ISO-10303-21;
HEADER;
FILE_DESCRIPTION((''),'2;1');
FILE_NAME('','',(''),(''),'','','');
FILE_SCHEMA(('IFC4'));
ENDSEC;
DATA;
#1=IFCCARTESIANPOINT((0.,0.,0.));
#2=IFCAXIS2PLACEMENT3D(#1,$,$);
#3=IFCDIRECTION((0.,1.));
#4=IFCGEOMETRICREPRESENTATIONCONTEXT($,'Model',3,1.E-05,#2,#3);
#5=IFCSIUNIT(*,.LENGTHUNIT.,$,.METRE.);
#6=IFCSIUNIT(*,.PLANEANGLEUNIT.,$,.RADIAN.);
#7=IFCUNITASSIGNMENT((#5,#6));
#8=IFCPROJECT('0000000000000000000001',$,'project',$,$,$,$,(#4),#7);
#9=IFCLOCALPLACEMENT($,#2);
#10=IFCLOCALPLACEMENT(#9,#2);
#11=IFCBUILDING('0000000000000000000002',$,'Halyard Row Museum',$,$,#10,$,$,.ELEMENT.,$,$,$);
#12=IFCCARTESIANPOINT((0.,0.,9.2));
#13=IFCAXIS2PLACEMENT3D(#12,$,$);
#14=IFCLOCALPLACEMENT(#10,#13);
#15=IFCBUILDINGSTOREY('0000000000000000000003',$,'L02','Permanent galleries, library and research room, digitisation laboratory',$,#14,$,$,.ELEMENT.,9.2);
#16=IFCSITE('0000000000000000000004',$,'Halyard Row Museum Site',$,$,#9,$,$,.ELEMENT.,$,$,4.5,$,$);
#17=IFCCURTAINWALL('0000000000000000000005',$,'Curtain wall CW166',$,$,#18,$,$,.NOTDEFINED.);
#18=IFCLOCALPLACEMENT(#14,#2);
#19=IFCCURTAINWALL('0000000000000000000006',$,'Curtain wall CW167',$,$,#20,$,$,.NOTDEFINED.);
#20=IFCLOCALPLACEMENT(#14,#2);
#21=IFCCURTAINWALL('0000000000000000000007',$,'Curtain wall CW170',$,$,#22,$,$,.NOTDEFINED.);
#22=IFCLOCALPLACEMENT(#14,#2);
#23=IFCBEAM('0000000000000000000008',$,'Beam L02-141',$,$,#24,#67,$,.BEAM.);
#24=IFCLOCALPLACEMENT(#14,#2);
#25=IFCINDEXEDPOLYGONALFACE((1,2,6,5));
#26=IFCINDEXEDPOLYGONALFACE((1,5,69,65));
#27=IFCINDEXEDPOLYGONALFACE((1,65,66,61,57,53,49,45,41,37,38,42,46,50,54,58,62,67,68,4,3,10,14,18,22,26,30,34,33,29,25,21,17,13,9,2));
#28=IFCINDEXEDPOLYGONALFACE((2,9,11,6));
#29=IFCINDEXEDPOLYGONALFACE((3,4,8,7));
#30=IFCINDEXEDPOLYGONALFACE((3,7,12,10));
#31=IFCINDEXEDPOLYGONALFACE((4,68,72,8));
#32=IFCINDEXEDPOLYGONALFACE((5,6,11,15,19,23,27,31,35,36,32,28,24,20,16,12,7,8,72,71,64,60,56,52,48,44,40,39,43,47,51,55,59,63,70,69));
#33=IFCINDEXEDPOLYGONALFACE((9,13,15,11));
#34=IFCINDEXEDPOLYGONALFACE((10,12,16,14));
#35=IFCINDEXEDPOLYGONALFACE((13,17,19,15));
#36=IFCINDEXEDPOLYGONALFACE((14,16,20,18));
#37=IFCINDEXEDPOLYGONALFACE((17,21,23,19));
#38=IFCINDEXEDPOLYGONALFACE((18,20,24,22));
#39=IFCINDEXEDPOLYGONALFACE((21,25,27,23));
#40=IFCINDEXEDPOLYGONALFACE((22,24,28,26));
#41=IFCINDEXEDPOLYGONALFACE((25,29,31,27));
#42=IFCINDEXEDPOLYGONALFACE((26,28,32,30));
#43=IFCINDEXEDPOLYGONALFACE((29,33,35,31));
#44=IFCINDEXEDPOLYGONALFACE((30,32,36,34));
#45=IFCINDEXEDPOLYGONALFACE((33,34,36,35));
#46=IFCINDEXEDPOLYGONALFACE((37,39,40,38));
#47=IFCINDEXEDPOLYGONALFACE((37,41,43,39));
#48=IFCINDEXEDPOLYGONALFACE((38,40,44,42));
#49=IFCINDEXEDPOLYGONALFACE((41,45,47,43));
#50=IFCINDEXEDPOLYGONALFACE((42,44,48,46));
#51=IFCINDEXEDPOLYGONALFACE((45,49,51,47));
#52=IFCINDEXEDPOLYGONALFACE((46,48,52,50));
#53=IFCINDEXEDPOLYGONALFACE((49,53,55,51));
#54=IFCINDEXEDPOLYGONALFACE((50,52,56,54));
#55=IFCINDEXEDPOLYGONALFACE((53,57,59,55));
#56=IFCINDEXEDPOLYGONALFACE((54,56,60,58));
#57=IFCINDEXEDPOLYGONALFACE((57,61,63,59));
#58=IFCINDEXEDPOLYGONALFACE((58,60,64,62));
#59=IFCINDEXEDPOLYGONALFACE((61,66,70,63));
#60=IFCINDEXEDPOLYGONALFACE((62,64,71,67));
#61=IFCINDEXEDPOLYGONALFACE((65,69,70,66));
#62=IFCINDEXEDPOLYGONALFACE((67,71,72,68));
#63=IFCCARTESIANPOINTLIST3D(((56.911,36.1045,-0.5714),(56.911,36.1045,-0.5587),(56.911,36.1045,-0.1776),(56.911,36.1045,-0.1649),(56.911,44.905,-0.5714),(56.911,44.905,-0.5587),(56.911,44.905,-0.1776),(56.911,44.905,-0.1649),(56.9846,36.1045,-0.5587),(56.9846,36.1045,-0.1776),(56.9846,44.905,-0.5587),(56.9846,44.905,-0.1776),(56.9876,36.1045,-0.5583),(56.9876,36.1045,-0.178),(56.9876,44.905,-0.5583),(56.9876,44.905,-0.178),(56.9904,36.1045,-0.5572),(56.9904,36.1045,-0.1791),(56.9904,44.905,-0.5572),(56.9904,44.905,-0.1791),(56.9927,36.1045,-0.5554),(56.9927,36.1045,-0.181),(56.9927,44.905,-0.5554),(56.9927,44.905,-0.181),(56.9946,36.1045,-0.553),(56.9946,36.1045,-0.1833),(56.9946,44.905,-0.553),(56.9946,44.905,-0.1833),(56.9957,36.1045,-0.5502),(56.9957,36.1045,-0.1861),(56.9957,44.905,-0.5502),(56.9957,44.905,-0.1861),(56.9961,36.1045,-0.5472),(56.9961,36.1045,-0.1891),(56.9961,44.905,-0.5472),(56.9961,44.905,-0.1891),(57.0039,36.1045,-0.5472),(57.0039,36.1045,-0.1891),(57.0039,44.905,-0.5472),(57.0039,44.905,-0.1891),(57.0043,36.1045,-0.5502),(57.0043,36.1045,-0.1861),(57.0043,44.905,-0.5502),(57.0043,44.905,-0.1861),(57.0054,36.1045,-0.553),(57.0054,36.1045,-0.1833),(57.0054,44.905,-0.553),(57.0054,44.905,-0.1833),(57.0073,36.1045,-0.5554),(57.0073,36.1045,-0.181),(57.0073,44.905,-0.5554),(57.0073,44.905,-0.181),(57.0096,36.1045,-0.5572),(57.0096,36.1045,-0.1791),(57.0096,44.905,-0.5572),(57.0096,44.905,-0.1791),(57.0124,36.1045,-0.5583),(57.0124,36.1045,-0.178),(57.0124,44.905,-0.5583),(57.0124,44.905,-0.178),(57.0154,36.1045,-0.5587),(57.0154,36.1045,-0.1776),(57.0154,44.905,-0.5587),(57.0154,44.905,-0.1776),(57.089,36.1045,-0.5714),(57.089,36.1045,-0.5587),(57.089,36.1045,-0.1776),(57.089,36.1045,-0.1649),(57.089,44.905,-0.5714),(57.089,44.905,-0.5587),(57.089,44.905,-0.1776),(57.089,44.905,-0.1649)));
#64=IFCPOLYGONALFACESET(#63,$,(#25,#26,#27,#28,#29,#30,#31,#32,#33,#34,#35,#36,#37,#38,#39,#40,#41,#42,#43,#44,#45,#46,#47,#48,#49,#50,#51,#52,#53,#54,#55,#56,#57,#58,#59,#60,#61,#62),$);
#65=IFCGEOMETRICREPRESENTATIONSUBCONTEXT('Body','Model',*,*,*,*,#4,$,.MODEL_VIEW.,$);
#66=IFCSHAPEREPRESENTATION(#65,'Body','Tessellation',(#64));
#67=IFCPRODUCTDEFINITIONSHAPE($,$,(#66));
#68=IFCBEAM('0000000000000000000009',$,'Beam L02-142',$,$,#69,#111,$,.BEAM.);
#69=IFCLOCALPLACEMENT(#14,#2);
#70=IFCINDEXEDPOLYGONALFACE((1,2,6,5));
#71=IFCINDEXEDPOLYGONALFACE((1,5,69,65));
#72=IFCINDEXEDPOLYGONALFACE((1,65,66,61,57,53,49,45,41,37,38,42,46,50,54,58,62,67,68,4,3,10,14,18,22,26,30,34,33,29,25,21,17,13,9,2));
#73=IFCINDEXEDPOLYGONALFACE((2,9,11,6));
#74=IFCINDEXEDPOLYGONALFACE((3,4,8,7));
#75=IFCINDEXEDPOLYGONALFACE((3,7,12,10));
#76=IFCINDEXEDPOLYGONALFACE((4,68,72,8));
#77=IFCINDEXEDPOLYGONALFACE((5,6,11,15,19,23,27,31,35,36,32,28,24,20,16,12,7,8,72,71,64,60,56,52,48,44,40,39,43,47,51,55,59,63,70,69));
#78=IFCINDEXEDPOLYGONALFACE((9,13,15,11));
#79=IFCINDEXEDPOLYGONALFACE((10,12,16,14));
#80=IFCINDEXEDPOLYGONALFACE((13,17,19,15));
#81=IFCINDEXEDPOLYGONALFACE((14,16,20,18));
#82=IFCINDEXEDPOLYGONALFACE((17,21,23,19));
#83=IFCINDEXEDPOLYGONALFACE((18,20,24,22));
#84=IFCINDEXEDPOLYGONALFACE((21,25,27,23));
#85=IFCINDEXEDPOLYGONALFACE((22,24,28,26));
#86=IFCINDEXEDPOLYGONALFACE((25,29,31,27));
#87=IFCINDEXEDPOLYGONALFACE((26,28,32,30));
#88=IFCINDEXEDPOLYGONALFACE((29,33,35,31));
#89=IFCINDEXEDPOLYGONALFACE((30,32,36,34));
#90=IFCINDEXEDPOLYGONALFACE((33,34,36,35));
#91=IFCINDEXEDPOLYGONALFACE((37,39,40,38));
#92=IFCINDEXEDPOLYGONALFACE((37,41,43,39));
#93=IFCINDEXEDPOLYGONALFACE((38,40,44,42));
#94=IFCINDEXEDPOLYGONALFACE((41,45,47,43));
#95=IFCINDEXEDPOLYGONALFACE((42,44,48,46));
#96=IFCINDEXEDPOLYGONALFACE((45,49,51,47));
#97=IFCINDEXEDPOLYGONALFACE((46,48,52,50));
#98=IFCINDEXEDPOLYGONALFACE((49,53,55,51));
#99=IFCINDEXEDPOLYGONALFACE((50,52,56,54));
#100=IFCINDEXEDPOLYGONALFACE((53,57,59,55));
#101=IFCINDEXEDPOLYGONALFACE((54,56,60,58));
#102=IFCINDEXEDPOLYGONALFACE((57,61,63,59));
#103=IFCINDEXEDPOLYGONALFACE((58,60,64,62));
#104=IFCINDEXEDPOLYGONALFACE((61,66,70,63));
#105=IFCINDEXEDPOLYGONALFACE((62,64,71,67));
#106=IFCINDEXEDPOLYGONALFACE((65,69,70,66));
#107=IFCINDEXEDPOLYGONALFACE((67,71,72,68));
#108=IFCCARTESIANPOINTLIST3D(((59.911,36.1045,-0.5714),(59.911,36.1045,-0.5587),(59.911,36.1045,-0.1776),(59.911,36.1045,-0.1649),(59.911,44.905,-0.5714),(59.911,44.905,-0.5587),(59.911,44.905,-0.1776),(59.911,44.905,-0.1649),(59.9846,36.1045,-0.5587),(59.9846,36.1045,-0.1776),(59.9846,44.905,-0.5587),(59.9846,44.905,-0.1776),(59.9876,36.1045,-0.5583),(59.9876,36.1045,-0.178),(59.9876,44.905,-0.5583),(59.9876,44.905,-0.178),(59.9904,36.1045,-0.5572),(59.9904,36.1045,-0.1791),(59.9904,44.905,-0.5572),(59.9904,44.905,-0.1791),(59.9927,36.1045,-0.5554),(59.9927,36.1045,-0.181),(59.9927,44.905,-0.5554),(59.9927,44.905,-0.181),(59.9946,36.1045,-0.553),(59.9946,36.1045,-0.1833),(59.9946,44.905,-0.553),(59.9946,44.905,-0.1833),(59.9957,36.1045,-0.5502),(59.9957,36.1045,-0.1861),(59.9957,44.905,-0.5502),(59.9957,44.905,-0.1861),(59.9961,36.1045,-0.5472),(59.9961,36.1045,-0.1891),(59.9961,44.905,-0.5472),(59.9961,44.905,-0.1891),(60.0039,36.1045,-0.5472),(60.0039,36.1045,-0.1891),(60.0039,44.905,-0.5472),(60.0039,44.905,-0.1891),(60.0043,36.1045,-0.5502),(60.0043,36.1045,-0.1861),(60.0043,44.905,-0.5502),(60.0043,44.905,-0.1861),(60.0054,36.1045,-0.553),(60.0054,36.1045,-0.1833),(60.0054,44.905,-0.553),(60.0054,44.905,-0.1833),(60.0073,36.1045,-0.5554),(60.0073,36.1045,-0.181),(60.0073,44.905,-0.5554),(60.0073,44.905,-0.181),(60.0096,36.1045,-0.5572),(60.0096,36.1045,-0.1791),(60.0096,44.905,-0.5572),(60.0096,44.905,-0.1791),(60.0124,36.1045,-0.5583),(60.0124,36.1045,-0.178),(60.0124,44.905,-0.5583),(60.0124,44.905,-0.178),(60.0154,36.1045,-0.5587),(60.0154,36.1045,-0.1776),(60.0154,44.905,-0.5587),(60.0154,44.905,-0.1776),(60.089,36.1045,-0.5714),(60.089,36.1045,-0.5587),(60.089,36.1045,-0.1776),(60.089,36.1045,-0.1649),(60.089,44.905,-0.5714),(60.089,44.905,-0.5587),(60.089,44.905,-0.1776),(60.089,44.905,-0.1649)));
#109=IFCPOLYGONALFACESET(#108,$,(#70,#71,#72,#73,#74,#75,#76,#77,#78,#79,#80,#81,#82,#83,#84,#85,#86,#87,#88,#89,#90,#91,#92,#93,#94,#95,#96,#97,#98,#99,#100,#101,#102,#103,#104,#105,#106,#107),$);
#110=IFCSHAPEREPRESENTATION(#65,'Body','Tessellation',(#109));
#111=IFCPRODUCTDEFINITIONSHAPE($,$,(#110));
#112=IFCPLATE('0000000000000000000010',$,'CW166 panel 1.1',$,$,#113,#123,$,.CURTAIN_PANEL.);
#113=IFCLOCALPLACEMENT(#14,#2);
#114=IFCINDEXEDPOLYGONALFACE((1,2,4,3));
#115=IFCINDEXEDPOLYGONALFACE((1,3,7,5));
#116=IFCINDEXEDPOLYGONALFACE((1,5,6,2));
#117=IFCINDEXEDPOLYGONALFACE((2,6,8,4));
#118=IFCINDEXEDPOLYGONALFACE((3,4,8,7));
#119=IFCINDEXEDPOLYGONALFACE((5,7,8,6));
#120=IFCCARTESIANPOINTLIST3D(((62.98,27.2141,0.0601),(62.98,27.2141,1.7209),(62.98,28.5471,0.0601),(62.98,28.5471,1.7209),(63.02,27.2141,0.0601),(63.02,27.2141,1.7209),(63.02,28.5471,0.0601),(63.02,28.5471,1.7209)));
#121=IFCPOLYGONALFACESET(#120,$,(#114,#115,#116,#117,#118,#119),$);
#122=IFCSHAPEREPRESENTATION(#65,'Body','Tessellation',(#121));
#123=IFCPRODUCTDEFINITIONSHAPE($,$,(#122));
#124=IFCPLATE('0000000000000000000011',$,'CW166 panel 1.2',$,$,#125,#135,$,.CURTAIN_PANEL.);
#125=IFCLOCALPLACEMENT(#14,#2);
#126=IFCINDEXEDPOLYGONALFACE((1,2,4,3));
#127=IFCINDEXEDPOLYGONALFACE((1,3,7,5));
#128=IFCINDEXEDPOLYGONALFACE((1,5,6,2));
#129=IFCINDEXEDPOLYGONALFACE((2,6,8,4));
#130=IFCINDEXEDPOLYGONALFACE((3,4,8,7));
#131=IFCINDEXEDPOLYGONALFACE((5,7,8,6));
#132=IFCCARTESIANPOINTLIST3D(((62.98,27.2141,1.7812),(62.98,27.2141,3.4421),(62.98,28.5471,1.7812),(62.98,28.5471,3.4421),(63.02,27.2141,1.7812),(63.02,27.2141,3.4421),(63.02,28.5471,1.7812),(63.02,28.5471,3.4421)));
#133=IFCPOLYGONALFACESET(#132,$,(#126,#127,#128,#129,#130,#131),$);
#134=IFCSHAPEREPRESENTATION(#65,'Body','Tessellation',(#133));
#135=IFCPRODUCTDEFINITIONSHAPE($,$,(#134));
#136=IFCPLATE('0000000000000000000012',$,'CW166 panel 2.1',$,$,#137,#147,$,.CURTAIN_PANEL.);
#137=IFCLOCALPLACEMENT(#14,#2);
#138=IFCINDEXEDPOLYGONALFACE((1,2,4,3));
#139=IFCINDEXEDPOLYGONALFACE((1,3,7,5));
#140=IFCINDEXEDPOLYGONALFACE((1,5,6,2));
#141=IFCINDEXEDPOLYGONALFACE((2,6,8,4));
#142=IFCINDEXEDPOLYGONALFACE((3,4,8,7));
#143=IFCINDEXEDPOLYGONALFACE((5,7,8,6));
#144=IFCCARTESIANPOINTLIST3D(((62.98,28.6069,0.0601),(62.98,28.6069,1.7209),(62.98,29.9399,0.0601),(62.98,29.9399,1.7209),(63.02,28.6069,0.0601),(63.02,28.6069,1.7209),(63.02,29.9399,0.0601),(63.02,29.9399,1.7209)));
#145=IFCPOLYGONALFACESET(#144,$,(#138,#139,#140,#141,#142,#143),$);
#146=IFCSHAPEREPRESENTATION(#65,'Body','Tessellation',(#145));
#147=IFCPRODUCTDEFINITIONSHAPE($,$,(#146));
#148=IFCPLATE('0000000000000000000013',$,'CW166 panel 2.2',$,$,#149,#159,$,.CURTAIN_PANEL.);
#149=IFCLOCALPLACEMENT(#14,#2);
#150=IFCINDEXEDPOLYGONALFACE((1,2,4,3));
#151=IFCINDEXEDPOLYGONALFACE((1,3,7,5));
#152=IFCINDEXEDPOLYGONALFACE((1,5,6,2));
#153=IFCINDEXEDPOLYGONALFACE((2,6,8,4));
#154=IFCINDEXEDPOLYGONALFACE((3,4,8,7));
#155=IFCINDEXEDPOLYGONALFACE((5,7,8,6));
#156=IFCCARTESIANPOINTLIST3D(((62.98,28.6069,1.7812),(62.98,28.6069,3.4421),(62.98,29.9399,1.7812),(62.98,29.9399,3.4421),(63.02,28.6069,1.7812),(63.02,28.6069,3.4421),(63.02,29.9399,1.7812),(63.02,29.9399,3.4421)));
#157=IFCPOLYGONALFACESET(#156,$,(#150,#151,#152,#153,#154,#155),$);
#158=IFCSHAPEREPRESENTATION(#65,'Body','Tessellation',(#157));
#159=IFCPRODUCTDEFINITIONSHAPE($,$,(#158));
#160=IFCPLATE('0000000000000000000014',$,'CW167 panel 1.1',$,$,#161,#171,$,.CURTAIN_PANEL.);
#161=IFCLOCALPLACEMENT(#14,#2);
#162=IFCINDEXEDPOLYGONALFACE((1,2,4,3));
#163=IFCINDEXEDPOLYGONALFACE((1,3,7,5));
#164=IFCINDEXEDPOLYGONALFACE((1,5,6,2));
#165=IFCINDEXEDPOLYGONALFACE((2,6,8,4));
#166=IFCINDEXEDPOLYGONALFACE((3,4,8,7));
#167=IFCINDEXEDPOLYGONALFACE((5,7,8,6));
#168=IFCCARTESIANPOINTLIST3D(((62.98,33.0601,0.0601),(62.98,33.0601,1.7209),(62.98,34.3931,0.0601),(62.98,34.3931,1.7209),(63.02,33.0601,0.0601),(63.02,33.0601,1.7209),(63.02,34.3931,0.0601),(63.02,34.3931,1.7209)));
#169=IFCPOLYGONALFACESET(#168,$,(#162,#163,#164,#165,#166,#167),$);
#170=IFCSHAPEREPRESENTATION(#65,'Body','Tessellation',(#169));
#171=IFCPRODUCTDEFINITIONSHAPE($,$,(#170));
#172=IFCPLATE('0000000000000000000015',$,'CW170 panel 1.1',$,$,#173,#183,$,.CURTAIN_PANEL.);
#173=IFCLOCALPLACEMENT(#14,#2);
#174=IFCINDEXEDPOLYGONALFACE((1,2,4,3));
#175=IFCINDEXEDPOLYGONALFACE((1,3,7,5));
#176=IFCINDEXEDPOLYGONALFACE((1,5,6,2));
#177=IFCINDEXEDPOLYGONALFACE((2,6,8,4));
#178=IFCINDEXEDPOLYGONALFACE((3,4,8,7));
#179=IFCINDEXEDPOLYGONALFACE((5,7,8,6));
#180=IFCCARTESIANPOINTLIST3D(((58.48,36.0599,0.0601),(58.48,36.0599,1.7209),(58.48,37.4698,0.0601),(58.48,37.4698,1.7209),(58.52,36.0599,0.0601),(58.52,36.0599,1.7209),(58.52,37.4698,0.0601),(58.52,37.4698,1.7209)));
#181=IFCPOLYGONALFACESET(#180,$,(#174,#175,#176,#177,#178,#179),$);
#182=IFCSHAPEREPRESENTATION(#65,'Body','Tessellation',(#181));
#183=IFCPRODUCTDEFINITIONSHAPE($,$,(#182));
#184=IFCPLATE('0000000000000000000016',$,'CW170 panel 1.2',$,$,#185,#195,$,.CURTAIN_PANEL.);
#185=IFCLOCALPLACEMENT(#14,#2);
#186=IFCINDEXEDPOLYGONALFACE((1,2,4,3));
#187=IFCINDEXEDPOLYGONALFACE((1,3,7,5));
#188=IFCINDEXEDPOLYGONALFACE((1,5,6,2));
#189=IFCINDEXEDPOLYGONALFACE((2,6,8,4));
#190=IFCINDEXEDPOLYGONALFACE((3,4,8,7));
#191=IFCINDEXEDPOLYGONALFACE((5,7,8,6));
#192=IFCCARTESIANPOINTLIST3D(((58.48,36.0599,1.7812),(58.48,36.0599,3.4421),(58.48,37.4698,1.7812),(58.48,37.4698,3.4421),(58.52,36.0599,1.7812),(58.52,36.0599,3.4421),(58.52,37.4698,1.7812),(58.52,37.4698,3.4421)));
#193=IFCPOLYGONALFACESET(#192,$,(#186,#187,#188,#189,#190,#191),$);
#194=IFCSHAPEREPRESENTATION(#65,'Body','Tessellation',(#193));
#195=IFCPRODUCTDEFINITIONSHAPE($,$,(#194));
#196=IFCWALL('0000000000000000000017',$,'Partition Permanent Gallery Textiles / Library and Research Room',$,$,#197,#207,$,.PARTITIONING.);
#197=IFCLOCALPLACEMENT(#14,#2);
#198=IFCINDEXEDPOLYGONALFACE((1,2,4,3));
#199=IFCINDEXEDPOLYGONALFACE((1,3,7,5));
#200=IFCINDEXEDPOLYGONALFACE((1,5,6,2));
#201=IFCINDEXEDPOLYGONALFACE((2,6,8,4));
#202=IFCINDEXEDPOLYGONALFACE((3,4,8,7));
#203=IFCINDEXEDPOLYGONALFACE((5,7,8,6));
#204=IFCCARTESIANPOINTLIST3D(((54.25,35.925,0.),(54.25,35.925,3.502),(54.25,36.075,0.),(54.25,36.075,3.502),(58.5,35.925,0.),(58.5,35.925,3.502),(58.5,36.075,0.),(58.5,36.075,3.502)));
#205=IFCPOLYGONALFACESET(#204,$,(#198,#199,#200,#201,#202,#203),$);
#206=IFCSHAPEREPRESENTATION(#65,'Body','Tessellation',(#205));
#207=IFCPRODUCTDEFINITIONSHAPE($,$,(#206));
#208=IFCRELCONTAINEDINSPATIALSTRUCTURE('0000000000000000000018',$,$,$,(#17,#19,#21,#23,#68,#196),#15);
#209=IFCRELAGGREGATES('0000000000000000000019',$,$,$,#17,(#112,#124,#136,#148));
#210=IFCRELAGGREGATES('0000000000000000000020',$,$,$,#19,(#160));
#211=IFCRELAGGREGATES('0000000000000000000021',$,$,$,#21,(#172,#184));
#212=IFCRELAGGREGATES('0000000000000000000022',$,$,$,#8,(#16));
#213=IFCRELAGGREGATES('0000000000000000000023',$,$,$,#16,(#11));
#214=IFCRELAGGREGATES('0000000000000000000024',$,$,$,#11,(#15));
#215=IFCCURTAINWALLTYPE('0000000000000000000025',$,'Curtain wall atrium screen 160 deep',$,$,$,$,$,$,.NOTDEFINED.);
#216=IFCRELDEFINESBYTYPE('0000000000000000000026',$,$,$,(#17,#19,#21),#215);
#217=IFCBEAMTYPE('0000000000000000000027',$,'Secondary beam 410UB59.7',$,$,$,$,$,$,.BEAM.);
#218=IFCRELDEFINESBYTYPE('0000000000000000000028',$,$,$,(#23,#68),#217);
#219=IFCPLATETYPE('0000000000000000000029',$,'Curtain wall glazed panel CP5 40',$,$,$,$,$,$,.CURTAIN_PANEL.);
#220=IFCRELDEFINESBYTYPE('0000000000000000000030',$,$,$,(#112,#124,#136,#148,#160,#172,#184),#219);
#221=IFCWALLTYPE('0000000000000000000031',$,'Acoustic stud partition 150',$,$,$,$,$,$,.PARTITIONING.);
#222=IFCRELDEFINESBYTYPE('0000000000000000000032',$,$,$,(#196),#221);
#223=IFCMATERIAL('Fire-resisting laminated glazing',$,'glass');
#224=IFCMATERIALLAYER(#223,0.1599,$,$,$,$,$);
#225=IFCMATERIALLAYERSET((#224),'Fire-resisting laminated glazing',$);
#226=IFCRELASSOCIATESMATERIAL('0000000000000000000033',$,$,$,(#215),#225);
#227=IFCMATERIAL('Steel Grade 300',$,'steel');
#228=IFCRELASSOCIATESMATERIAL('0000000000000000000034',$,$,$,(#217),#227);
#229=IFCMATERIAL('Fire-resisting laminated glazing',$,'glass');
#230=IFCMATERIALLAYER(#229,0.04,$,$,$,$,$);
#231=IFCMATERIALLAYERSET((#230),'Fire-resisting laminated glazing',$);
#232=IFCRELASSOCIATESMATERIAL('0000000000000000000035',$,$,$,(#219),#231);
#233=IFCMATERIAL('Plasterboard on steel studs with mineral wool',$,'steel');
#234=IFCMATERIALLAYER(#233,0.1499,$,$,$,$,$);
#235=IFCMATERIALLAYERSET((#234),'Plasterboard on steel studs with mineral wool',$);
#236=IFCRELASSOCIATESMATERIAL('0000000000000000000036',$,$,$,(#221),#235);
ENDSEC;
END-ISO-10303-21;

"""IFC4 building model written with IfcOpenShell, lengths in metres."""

from ifc_helpers import new_model, si_unit, direction, frame, frame_2d, origin, origin_2d, place, context, subcontext, project, spatial, rectangle, i_section, extrude, material, layer, layer_set, material_profile, profile_set, type_object, element, aggregate, save


model = new_model("IFC4")

# Units and contexts
model_context = context("Model", 3, precision=1e-05, world=origin(), true_north=direction((0.0, 1.0)))
body_context = subcontext(model_context, "Body", "Model", "MODEL_VIEW")
ifc_project = project(units=[si_unit("LENGTHUNIT", "METRE"), si_unit("PLANEANGLEUNIT", "RADIAN")], contexts=[model_context])

# Site, building, storey
site_placement = place(None, origin())
site = spatial("IfcSite", under=ifc_project, at=site_placement, Name="Halyard Row Museum Site", CompositionType="ELEMENT", RefElevation=4.5)
building_placement = place(site_placement, origin())
building = spatial("IfcBuilding", under=site, at=building_placement, Name="Halyard Row Museum", CompositionType="ELEMENT")
storey_placement = place(building_placement, frame((0.0, 0.0, 9.2)))
storey = spatial("IfcBuildingStorey", under=building, at=storey_placement, Name="L02", Description="Permanent galleries, library and research room, digitisation laboratory", CompositionType="ELEMENT", Elevation=9.2)

# Curtain wall
ifc_material_1 = material(Name="Fire-resisting laminated glazing", Category="glass")
ifc_layer_1 = layer(ifc_material_1, 0.1599)
ifc_layer_set_1 = layer_set([ifc_layer_1], Name="Fire-resisting laminated glazing")
curtain_wall_type = type_object("IfcCurtainWallType", Name="Curtain wall atrium screen 160 deep", PredefinedType="NOTDEFINED", material=ifc_layer_set_1)
curtain_wall_1_placement = place(storey_placement, origin())
curtain_wall_1 = element("IfcCurtainWall", 1, at=curtain_wall_1_placement, inside=storey, type_object=curtain_wall_type, Name="Curtain wall CW166", PredefinedType="NOTDEFINED")

# Curtain wall
curtain_wall_2_placement = place(storey_placement, origin())
curtain_wall_2 = element("IfcCurtainWall", 2, at=curtain_wall_2_placement, inside=storey, type_object=curtain_wall_type, Name="Curtain wall CW167", PredefinedType="NOTDEFINED")

# Curtain wall
curtain_wall_3_placement = place(storey_placement, origin())
curtain_wall_3 = element("IfcCurtainWall", 3, at=curtain_wall_3_placement, inside=storey, type_object=curtain_wall_type, Name="Curtain wall CW170", PredefinedType="NOTDEFINED")

# Beams
ifc_material_2 = material(Name="Steel Grade 300", Category="steel")
ifc_material_profile_1 = material_profile(ifc_material_2, i_section(OverallWidth=0.178, OverallDepth=0.4065, WebThickness=0.0078, FlangeThickness=0.0127, FilletRadius=0.0115, at=origin_2d()), Name="410UB59.7")
ifc_profile_set_1 = profile_set([ifc_material_profile_1], Name="Steel Grade 300")
beam_type = type_object("IfcBeamType", Name="Secondary beam 410UB59.7", PredefinedType="BEAM", material=ifc_profile_set_1)
for number, where, z_axis, x_axis, name in (
    (4, (57.0, 36.1045, -0.3682), (0.0, 1.0, 0.0), (-1.0, 0.0, 0.0), "Beam L02-141"),
    (5, (60.0, 36.1045, -0.3682), (0.0, 1.0, 0.0), (-1.0, 0.0, 0.0), "Beam L02-142"),
):
    element("IfcBeam", number, at=place(storey_placement, frame(where, z_axis=z_axis, x_axis=x_axis)), inside=storey, type_object=beam_type, Name=name, PredefinedType="BEAM", context=body_context, shape_type="SweptSolid", body=[
        extrude(i_section(OverallWidth=0.178, OverallDepth=0.4065, WebThickness=0.0078, FlangeThickness=0.0127, FilletRadius=0.0115, at=origin_2d()), origin(), (0.0, 0.0, 1.0), 8.8005),
    ])

# Plates
ifc_material_3 = material(Name="Fire-resisting laminated glazing", Category="glass")
ifc_layer_2 = layer(ifc_material_3, 0.04)
ifc_layer_set_2 = layer_set([ifc_layer_2], Name="Fire-resisting laminated glazing")
plate_type = type_object("IfcPlateType", Name="Curtain wall glazed panel CP5 40", PredefinedType="CURTAIN_PANEL", material=ifc_layer_set_2)
plate_1_placement = place(storey_placement, frame((63.0, 27.8806, 0.0601), z_axis=(0.0, 0.0, 1.0), x_axis=(0.0, 1.0, 0.0)))
plate_1 = element("IfcPlate", 6, at=plate_1_placement, type_object=plate_type, Name="CW166 panel 1.1", PredefinedType="CURTAIN_PANEL", context=body_context, shape_type="SweptSolid", body=[
    extrude(rectangle(XDim=1.333, YDim=0.04, at=origin_2d()), origin(), (0.0, 0.0, 1.0), 1.6609),
])
plate_2_placement = place(storey_placement, frame((63.0, 27.8806, 1.7812), z_axis=(0.0, 0.0, 1.0), x_axis=(0.0, 1.0, 0.0)))
plate_2 = element("IfcPlate", 7, at=plate_2_placement, type_object=plate_type, Name="CW166 panel 1.2", PredefinedType="CURTAIN_PANEL", context=body_context, shape_type="SweptSolid", body=[
    extrude(rectangle(XDim=1.333, YDim=0.04, at=origin_2d()), origin(), (0.0, 0.0, 1.0), 1.6609),
])
plate_3_placement = place(storey_placement, frame((63.0, 29.2734, 0.0601), z_axis=(0.0, 0.0, 1.0), x_axis=(0.0, 1.0, 0.0)))
plate_3 = element("IfcPlate", 8, at=plate_3_placement, type_object=plate_type, Name="CW166 panel 2.1", PredefinedType="CURTAIN_PANEL", context=body_context, shape_type="SweptSolid", body=[
    extrude(rectangle(XDim=1.333, YDim=0.04, at=origin_2d()), origin(), (0.0, 0.0, 1.0), 1.6609),
])
plate_4_placement = place(storey_placement, frame((63.0, 29.2734, 1.7812), z_axis=(0.0, 0.0, 1.0), x_axis=(0.0, 1.0, 0.0)))
plate_4 = element("IfcPlate", 9, at=plate_4_placement, type_object=plate_type, Name="CW166 panel 2.2", PredefinedType="CURTAIN_PANEL", context=body_context, shape_type="SweptSolid", body=[
    extrude(rectangle(XDim=1.333, YDim=0.04, at=origin_2d()), origin(), (0.0, 0.0, 1.0), 1.6609),
])
aggregate(curtain_wall_1, [plate_1, plate_2, plate_3, plate_4])
plate_5_placement = place(storey_placement, frame((63.0, 33.7266, 0.0601), z_axis=(0.0, 0.0, 1.0), x_axis=(0.0, 1.0, 0.0)))
plate_5 = element("IfcPlate", 10, at=plate_5_placement, type_object=plate_type, Name="CW167 panel 1.1", PredefinedType="CURTAIN_PANEL", context=body_context, shape_type="SweptSolid", body=[
    extrude(rectangle(XDim=1.333, YDim=0.04, at=origin_2d()), origin(), (0.0, 0.0, 1.0), 1.6609),
])
aggregate(curtain_wall_2, [plate_5])
plate_6_placement = place(storey_placement, frame((58.5, 36.7649, 0.0601), z_axis=(0.0, 0.0, 1.0), x_axis=(0.0, 1.0, 0.0)))
plate_6 = element("IfcPlate", 11, at=plate_6_placement, type_object=plate_type, Name="CW170 panel 1.1", PredefinedType="CURTAIN_PANEL", context=body_context, shape_type="SweptSolid", body=[
    extrude(rectangle(XDim=1.4099, YDim=0.04, at=origin_2d()), origin(), (0.0, 0.0, 1.0), 1.6609),
])
plate_7_placement = place(storey_placement, frame((58.5, 36.7649, 1.7812), z_axis=(0.0, 0.0, 1.0), x_axis=(0.0, 1.0, 0.0)))
plate_7 = element("IfcPlate", 12, at=plate_7_placement, type_object=plate_type, Name="CW170 panel 1.2", PredefinedType="CURTAIN_PANEL", context=body_context, shape_type="SweptSolid", body=[
    extrude(rectangle(XDim=1.4099, YDim=0.04, at=origin_2d()), origin(), (0.0, 0.0, 1.0), 1.6609),
])
aggregate(curtain_wall_3, [plate_6, plate_7])

# Wall
ifc_material_4 = material(Name="Plasterboard on steel studs with mineral wool", Category="steel")
ifc_layer_3 = layer(ifc_material_4, 0.1499)
ifc_layer_set_3 = layer_set([ifc_layer_3], Name="Plasterboard on steel studs with mineral wool")
wall_type_1 = type_object("IfcWallType", Name="Acoustic stud partition 150", PredefinedType="PARTITIONING", material=ifc_layer_set_3)
wall_1_placement = place(storey_placement, frame((54.25, 36.0, 0.0), z_axis=(0.0, 0.0, 1.0), x_axis=(1.0, 0.0, 0.0)))
element("IfcWall", 13, at=wall_1_placement, inside=storey, type_object=wall_type_1, Name="Partition Permanent Gallery Textiles / Library and Research Room", PredefinedType="PARTITIONING", context=body_context, shape_type="SweptSolid", body=[
    extrude(rectangle(XDim=4.25, YDim=0.1499, at=frame_2d((2.125, 0.0))), origin(), (0.0, 0.0, 1.0), 3.502),
])

save(model, "model.ifc")
